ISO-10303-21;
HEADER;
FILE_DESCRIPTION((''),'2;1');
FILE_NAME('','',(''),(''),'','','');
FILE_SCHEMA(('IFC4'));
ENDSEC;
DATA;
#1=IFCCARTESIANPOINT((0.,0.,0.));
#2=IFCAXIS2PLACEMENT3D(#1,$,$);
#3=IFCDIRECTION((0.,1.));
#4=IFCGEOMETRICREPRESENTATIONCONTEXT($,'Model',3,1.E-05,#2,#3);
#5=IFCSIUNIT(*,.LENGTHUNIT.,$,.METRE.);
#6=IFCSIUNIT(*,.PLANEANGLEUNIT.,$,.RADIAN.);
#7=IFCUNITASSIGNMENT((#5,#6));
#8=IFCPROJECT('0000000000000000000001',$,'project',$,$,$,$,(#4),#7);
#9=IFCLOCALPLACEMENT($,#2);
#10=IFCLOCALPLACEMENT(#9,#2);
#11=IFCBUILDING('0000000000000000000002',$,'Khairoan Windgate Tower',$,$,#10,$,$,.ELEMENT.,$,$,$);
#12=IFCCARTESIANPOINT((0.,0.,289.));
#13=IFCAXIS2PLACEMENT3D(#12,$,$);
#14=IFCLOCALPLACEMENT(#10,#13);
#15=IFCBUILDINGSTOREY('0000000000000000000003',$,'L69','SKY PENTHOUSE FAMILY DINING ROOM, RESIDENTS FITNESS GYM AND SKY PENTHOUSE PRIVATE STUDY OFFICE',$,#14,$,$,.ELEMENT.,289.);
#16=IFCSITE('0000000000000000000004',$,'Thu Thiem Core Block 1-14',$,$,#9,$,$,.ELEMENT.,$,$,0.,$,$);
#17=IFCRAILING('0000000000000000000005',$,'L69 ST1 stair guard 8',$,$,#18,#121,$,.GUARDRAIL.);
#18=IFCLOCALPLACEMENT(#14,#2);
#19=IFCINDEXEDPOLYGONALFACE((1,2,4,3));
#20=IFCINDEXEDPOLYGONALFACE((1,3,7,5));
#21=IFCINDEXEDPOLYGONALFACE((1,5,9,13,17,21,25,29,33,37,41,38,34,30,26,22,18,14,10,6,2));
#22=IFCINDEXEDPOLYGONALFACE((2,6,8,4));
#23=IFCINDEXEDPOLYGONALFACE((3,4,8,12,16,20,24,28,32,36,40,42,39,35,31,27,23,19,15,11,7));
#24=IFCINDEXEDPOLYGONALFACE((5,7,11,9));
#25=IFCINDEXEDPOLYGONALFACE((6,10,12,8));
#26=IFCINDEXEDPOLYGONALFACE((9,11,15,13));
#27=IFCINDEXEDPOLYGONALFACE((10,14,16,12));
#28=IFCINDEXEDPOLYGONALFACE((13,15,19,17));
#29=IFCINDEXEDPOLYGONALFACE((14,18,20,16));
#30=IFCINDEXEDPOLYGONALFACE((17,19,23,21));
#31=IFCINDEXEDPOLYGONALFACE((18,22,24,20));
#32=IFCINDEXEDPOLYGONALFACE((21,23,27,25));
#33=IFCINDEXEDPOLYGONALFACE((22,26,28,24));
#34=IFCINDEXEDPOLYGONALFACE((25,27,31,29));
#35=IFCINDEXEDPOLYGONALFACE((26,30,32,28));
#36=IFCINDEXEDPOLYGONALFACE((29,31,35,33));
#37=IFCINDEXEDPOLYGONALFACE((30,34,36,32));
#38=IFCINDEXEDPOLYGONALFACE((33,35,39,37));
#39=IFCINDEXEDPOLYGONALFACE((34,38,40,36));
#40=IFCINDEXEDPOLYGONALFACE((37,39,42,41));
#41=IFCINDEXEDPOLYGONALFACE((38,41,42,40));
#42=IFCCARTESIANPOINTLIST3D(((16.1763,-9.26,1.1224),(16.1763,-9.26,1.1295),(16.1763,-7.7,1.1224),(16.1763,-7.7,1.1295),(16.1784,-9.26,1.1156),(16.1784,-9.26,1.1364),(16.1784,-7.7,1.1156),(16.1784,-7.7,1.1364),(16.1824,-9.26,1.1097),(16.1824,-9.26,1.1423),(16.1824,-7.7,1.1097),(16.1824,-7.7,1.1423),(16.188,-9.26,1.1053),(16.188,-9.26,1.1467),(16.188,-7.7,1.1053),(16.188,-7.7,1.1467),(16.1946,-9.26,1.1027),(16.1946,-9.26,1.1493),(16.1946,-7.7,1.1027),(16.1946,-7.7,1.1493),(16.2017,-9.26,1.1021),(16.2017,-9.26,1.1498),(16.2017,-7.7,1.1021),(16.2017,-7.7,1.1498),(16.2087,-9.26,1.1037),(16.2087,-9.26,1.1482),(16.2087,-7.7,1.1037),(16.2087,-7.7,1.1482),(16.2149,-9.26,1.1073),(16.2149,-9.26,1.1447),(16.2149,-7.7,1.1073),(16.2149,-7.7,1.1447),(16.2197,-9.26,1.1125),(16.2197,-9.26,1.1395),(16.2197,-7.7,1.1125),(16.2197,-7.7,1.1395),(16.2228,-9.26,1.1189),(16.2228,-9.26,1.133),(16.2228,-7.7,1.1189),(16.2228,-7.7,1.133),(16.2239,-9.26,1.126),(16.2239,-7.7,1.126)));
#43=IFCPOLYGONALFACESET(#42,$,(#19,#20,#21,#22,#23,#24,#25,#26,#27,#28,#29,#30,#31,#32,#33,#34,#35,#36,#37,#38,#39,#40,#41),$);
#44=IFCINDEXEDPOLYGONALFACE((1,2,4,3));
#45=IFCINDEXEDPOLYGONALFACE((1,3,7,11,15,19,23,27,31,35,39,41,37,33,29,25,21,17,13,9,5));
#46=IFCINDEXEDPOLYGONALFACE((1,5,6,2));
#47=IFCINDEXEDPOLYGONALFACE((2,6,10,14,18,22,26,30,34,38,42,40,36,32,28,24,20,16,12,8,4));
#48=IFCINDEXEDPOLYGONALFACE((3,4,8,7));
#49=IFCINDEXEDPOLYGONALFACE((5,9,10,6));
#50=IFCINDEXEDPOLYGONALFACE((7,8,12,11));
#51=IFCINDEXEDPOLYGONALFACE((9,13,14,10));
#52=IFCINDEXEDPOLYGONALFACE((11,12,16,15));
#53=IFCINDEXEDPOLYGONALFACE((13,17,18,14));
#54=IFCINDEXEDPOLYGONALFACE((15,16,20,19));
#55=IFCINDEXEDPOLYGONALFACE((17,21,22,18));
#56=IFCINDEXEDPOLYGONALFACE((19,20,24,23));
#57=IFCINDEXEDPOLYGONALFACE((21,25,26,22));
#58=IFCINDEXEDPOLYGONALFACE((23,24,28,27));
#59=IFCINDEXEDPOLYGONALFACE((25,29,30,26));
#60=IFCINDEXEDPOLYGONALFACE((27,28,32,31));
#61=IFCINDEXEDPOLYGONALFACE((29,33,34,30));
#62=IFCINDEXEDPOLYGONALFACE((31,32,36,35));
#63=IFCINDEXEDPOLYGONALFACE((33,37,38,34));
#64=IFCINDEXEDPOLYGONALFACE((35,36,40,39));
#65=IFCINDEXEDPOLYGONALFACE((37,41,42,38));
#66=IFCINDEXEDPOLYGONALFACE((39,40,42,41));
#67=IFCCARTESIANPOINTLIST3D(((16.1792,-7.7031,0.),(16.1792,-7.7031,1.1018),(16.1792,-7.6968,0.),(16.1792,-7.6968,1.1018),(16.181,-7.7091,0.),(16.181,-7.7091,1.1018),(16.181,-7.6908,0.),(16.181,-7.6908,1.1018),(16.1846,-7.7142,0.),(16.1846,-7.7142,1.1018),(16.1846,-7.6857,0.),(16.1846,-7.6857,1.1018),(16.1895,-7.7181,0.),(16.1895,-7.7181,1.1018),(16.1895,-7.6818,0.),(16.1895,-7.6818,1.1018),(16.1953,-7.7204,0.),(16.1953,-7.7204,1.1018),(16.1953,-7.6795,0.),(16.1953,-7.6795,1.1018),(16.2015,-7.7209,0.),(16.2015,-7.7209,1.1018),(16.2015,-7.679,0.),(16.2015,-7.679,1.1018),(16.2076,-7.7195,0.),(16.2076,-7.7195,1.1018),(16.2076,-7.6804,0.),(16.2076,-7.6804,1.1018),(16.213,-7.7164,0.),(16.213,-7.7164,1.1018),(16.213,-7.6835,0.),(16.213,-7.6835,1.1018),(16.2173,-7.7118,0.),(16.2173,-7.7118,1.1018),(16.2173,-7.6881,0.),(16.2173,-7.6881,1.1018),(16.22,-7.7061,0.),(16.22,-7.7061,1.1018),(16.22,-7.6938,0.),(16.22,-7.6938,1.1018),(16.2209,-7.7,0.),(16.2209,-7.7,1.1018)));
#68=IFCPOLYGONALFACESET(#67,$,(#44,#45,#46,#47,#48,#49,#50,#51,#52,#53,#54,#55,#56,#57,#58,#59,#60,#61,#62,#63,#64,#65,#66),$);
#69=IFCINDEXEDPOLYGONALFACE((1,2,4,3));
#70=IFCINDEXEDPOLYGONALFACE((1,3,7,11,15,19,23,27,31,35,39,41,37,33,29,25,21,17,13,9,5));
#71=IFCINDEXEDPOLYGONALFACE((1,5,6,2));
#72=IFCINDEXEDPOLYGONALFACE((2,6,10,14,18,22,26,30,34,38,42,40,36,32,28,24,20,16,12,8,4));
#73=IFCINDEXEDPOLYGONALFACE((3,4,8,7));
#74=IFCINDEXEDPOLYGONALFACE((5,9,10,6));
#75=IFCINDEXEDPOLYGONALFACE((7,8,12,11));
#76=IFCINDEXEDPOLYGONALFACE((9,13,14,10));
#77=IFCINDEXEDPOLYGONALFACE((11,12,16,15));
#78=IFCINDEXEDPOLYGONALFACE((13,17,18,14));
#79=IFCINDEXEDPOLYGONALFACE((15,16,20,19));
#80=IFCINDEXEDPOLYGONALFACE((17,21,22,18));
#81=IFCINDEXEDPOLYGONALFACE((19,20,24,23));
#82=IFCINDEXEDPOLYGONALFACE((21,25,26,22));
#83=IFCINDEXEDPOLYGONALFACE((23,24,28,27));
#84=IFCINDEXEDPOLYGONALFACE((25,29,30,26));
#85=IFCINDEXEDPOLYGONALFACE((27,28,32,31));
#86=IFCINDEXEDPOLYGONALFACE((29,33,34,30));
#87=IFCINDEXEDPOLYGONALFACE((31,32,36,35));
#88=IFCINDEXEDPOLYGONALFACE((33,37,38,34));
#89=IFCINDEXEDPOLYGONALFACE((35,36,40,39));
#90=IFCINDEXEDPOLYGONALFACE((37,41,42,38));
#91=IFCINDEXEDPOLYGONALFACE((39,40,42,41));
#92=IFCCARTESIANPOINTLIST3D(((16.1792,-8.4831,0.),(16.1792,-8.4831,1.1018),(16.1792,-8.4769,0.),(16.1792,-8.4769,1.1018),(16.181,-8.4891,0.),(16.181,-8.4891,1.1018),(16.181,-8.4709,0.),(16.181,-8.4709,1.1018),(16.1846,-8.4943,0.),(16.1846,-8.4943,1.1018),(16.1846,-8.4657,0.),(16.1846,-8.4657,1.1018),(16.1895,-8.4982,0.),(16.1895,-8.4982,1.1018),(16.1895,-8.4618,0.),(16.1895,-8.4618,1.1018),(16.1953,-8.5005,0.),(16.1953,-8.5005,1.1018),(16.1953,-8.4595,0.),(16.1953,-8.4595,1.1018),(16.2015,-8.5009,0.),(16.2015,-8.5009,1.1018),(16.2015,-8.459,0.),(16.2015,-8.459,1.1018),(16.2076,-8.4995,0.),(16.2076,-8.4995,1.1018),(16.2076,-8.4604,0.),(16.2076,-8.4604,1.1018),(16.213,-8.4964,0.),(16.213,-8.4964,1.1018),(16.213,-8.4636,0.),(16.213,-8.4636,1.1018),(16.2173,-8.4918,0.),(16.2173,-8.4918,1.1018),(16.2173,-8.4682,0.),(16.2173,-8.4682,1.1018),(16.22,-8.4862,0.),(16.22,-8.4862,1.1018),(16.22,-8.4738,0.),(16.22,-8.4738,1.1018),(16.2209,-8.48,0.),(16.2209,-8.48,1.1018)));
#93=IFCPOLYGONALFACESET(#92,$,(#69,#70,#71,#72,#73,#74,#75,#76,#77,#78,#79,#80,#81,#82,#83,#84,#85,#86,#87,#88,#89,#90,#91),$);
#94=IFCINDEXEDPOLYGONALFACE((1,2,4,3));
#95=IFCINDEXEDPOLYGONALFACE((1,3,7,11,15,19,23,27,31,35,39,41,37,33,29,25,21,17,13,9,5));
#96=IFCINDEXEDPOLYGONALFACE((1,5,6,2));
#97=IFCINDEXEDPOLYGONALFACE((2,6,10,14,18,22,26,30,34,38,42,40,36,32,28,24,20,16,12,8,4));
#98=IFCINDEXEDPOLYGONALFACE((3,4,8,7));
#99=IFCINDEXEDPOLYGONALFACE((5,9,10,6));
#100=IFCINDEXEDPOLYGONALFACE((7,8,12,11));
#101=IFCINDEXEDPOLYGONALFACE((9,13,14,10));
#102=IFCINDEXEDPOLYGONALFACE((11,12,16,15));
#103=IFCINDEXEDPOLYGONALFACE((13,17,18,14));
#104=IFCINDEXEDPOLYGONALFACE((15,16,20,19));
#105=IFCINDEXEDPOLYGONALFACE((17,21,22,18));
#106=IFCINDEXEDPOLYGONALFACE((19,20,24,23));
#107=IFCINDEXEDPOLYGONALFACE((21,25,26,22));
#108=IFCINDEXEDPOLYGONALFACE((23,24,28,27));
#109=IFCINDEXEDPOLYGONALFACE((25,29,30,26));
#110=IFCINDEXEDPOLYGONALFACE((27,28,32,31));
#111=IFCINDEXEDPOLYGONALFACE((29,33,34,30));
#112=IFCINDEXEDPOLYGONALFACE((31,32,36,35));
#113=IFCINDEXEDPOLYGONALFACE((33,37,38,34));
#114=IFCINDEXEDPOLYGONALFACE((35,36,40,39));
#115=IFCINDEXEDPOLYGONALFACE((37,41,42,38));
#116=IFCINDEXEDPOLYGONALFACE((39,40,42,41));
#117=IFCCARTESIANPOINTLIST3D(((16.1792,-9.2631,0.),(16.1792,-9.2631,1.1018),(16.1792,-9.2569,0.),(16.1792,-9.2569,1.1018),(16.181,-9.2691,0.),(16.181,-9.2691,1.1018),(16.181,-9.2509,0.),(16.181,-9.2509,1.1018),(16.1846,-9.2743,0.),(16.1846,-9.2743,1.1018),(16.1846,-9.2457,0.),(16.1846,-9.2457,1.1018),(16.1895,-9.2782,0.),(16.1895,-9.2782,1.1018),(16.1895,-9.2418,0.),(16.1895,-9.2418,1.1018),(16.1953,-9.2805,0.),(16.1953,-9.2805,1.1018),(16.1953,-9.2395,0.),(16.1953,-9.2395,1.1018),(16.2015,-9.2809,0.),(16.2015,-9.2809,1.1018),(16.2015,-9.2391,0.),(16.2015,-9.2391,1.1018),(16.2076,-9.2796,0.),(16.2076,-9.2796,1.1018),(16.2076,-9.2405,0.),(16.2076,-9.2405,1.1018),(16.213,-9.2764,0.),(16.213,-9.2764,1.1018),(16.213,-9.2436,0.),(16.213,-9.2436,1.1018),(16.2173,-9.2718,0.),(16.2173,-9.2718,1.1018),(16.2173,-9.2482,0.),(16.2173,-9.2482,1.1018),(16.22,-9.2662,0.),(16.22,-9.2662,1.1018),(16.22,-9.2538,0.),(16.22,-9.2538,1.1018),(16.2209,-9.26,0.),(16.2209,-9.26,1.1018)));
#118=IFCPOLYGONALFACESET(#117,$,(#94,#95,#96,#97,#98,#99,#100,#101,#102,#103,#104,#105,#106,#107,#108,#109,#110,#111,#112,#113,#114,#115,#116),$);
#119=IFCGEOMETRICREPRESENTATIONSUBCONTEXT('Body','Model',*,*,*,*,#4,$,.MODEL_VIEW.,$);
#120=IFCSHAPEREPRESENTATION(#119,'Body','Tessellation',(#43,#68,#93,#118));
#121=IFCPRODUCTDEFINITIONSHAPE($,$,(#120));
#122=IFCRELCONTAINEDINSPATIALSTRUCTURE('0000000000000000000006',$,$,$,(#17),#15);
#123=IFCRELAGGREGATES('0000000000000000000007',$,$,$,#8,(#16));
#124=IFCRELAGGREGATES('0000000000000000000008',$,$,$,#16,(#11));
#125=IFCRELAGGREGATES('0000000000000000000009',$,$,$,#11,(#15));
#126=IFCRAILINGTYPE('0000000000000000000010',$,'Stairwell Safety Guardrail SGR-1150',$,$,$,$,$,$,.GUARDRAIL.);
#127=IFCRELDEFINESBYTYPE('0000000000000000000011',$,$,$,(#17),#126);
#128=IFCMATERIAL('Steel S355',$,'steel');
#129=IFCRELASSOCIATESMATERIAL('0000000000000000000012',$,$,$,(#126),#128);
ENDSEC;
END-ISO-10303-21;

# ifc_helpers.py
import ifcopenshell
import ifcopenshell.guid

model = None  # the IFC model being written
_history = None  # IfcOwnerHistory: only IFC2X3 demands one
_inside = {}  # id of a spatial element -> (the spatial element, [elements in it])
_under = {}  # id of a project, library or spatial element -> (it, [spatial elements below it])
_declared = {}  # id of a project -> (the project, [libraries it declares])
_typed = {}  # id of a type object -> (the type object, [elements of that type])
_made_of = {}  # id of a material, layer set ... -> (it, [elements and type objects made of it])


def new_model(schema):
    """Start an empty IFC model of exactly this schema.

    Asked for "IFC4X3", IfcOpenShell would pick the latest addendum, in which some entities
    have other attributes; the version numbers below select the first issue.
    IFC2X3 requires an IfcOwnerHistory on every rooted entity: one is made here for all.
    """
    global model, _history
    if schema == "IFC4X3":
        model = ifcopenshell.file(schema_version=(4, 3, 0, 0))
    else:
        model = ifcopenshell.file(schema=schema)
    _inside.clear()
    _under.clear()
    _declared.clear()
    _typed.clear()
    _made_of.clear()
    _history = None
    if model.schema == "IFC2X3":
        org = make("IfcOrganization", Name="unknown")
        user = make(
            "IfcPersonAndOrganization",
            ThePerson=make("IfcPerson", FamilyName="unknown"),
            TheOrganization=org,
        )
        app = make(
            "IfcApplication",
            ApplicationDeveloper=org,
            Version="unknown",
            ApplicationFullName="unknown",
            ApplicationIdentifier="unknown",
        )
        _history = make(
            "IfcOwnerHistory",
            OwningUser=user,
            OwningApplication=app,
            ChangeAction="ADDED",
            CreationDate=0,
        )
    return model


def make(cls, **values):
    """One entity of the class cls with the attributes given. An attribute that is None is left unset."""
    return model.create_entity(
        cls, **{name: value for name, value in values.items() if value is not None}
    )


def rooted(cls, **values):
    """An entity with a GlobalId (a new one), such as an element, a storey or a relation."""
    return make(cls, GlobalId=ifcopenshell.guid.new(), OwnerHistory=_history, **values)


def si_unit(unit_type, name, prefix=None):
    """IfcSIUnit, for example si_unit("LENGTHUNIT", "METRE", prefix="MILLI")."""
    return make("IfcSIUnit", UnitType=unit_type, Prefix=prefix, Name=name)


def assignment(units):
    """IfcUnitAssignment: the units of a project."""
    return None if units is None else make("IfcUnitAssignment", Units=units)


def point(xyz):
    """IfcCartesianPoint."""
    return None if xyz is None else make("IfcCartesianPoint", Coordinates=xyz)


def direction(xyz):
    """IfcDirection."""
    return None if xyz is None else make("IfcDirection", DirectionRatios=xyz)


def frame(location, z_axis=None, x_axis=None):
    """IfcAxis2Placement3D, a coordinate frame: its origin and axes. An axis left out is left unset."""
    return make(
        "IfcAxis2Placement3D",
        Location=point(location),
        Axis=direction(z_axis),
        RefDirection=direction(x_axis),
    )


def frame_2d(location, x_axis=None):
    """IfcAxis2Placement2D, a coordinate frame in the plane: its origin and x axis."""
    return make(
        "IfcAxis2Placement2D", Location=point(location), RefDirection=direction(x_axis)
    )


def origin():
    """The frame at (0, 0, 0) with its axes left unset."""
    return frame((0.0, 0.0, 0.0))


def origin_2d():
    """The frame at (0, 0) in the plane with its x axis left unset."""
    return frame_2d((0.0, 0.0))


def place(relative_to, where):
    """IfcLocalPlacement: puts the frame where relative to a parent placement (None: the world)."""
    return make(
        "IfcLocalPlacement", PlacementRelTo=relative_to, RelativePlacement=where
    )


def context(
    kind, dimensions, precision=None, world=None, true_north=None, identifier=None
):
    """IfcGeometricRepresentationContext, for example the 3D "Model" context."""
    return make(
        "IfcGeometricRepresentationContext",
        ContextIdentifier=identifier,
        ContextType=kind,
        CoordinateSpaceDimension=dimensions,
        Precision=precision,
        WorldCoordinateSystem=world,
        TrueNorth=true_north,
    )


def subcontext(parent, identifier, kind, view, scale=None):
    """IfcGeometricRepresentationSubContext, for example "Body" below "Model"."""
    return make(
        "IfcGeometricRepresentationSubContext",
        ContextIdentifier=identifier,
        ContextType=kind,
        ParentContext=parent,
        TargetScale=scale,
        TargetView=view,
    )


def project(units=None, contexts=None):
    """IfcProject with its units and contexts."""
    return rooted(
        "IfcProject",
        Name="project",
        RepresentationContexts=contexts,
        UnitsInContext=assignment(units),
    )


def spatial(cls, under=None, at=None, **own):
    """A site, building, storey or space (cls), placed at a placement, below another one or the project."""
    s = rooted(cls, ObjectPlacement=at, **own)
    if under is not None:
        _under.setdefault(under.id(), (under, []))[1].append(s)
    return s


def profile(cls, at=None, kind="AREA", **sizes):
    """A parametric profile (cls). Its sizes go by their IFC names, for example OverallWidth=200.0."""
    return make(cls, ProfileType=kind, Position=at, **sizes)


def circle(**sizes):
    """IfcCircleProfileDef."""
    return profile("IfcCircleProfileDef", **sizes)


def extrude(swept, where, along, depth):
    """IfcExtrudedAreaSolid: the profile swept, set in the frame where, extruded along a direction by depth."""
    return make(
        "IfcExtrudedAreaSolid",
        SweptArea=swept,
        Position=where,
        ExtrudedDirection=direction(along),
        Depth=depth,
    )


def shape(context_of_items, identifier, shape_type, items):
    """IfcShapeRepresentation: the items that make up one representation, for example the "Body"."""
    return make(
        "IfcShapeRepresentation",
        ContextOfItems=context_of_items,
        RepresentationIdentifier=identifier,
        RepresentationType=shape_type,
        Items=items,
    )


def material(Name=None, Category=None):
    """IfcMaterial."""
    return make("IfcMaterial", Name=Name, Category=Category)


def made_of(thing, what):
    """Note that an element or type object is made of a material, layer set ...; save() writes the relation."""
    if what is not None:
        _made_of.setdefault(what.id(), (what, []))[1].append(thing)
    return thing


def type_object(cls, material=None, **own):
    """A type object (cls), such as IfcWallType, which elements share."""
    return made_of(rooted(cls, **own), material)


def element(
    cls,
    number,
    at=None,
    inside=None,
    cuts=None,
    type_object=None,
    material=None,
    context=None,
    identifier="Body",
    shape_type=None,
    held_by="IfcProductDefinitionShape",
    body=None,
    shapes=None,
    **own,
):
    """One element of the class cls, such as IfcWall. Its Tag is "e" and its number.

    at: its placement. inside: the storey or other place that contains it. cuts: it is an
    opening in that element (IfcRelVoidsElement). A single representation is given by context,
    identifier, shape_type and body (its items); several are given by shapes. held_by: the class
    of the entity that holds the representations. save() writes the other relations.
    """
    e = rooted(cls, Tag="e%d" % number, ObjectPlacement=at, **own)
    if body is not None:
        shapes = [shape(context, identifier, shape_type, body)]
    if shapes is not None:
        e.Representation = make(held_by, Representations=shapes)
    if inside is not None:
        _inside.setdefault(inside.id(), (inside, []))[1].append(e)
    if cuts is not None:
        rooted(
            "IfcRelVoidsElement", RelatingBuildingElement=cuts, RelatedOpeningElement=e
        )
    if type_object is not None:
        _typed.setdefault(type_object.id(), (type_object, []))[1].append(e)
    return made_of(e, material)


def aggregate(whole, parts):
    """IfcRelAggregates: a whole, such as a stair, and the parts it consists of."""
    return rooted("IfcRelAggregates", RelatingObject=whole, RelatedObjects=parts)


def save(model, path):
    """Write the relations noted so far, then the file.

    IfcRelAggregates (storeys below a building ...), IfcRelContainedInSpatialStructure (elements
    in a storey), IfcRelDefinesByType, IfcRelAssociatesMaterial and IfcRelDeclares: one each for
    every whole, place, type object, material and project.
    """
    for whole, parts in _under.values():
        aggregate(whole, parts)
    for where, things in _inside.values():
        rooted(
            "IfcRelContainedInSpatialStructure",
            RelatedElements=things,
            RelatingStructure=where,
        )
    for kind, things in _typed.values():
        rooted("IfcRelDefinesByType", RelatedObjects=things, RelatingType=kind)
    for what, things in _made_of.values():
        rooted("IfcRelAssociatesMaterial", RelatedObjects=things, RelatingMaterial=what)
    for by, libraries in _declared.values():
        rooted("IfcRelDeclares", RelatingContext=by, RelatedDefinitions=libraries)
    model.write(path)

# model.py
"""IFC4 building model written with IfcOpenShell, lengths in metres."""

from ifc_helpers import new_model, si_unit, direction, frame, origin, origin_2d, place, context, subcontext, project, spatial, circle, extrude, material, type_object, element, save


model = new_model("IFC4")

# Units and contexts
model_context = context("Model", 3, precision=1e-05, world=origin(), true_north=direction((0.0, 1.0)))
body_context = subcontext(model_context, "Body", "Model", "MODEL_VIEW")
ifc_project = project(units=[si_unit("LENGTHUNIT", "METRE"), si_unit("PLANEANGLEUNIT", "RADIAN")], contexts=[model_context])

# Site, building, storey
site_placement = place(None, origin())
site = spatial("IfcSite", under=ifc_project, at=site_placement, Name="Thu Thiem Core Block 1-14", CompositionType="ELEMENT", RefElevation=0.0)
building_placement = place(site_placement, origin())
building = spatial("IfcBuilding", under=site, at=building_placement, Name="Khairoan Windgate Tower", CompositionType="ELEMENT")
storey_placement = place(building_placement, frame((0.0, 0.0, 289.0)))
storey = spatial("IfcBuildingStorey", under=building, at=storey_placement, Name="L69", Description="SKY PENTHOUSE FAMILY DINING ROOM, RESIDENTS FITNESS GYM AND SKY PENTHOUSE PRIVATE STUDY OFFICE", CompositionType="ELEMENT", Elevation=289.0)

# Railing
ifc_material_1 = material(Name="Steel S355", Category="steel")
railing_type_1 = type_object("IfcRailingType", Name="Stairwell Safety Guardrail SGR-1150", PredefinedType="GUARDRAIL", material=ifc_material_1)
railing_1_placement = place(storey_placement, frame((16.2, -7.7, 0.0)))
element("IfcRailing", 1, at=railing_1_placement, inside=storey, type_object=railing_type_1, Name="L69 ST1 stair guard 8", PredefinedType="GUARDRAIL", context=body_context, shape_type="SweptSolid", body=[
    extrude(circle(Radius=0.0239, at=origin_2d()), frame((0.0, 0.0, 1.126), z_axis=(0.0, -1.0, 0.0), x_axis=(1.0, 0.0, 0.0)), (0.0, 0.0, 1.0), 1.5601),
    extrude(circle(Radius=0.021, at=origin_2d()), origin(), (0.0, 0.0, 1.0), 1.1018),
    extrude(circle(Radius=0.021, at=origin_2d()), frame((0.0, -0.78, 0.0)), (0.0, 0.0, 1.0), 1.1018),
    extrude(circle(Radius=0.021, at=origin_2d()), frame((0.0, -1.5601, 0.0)), (0.0, 0.0, 1.0), 1.1018),
])

save(model, "model.ifc")
